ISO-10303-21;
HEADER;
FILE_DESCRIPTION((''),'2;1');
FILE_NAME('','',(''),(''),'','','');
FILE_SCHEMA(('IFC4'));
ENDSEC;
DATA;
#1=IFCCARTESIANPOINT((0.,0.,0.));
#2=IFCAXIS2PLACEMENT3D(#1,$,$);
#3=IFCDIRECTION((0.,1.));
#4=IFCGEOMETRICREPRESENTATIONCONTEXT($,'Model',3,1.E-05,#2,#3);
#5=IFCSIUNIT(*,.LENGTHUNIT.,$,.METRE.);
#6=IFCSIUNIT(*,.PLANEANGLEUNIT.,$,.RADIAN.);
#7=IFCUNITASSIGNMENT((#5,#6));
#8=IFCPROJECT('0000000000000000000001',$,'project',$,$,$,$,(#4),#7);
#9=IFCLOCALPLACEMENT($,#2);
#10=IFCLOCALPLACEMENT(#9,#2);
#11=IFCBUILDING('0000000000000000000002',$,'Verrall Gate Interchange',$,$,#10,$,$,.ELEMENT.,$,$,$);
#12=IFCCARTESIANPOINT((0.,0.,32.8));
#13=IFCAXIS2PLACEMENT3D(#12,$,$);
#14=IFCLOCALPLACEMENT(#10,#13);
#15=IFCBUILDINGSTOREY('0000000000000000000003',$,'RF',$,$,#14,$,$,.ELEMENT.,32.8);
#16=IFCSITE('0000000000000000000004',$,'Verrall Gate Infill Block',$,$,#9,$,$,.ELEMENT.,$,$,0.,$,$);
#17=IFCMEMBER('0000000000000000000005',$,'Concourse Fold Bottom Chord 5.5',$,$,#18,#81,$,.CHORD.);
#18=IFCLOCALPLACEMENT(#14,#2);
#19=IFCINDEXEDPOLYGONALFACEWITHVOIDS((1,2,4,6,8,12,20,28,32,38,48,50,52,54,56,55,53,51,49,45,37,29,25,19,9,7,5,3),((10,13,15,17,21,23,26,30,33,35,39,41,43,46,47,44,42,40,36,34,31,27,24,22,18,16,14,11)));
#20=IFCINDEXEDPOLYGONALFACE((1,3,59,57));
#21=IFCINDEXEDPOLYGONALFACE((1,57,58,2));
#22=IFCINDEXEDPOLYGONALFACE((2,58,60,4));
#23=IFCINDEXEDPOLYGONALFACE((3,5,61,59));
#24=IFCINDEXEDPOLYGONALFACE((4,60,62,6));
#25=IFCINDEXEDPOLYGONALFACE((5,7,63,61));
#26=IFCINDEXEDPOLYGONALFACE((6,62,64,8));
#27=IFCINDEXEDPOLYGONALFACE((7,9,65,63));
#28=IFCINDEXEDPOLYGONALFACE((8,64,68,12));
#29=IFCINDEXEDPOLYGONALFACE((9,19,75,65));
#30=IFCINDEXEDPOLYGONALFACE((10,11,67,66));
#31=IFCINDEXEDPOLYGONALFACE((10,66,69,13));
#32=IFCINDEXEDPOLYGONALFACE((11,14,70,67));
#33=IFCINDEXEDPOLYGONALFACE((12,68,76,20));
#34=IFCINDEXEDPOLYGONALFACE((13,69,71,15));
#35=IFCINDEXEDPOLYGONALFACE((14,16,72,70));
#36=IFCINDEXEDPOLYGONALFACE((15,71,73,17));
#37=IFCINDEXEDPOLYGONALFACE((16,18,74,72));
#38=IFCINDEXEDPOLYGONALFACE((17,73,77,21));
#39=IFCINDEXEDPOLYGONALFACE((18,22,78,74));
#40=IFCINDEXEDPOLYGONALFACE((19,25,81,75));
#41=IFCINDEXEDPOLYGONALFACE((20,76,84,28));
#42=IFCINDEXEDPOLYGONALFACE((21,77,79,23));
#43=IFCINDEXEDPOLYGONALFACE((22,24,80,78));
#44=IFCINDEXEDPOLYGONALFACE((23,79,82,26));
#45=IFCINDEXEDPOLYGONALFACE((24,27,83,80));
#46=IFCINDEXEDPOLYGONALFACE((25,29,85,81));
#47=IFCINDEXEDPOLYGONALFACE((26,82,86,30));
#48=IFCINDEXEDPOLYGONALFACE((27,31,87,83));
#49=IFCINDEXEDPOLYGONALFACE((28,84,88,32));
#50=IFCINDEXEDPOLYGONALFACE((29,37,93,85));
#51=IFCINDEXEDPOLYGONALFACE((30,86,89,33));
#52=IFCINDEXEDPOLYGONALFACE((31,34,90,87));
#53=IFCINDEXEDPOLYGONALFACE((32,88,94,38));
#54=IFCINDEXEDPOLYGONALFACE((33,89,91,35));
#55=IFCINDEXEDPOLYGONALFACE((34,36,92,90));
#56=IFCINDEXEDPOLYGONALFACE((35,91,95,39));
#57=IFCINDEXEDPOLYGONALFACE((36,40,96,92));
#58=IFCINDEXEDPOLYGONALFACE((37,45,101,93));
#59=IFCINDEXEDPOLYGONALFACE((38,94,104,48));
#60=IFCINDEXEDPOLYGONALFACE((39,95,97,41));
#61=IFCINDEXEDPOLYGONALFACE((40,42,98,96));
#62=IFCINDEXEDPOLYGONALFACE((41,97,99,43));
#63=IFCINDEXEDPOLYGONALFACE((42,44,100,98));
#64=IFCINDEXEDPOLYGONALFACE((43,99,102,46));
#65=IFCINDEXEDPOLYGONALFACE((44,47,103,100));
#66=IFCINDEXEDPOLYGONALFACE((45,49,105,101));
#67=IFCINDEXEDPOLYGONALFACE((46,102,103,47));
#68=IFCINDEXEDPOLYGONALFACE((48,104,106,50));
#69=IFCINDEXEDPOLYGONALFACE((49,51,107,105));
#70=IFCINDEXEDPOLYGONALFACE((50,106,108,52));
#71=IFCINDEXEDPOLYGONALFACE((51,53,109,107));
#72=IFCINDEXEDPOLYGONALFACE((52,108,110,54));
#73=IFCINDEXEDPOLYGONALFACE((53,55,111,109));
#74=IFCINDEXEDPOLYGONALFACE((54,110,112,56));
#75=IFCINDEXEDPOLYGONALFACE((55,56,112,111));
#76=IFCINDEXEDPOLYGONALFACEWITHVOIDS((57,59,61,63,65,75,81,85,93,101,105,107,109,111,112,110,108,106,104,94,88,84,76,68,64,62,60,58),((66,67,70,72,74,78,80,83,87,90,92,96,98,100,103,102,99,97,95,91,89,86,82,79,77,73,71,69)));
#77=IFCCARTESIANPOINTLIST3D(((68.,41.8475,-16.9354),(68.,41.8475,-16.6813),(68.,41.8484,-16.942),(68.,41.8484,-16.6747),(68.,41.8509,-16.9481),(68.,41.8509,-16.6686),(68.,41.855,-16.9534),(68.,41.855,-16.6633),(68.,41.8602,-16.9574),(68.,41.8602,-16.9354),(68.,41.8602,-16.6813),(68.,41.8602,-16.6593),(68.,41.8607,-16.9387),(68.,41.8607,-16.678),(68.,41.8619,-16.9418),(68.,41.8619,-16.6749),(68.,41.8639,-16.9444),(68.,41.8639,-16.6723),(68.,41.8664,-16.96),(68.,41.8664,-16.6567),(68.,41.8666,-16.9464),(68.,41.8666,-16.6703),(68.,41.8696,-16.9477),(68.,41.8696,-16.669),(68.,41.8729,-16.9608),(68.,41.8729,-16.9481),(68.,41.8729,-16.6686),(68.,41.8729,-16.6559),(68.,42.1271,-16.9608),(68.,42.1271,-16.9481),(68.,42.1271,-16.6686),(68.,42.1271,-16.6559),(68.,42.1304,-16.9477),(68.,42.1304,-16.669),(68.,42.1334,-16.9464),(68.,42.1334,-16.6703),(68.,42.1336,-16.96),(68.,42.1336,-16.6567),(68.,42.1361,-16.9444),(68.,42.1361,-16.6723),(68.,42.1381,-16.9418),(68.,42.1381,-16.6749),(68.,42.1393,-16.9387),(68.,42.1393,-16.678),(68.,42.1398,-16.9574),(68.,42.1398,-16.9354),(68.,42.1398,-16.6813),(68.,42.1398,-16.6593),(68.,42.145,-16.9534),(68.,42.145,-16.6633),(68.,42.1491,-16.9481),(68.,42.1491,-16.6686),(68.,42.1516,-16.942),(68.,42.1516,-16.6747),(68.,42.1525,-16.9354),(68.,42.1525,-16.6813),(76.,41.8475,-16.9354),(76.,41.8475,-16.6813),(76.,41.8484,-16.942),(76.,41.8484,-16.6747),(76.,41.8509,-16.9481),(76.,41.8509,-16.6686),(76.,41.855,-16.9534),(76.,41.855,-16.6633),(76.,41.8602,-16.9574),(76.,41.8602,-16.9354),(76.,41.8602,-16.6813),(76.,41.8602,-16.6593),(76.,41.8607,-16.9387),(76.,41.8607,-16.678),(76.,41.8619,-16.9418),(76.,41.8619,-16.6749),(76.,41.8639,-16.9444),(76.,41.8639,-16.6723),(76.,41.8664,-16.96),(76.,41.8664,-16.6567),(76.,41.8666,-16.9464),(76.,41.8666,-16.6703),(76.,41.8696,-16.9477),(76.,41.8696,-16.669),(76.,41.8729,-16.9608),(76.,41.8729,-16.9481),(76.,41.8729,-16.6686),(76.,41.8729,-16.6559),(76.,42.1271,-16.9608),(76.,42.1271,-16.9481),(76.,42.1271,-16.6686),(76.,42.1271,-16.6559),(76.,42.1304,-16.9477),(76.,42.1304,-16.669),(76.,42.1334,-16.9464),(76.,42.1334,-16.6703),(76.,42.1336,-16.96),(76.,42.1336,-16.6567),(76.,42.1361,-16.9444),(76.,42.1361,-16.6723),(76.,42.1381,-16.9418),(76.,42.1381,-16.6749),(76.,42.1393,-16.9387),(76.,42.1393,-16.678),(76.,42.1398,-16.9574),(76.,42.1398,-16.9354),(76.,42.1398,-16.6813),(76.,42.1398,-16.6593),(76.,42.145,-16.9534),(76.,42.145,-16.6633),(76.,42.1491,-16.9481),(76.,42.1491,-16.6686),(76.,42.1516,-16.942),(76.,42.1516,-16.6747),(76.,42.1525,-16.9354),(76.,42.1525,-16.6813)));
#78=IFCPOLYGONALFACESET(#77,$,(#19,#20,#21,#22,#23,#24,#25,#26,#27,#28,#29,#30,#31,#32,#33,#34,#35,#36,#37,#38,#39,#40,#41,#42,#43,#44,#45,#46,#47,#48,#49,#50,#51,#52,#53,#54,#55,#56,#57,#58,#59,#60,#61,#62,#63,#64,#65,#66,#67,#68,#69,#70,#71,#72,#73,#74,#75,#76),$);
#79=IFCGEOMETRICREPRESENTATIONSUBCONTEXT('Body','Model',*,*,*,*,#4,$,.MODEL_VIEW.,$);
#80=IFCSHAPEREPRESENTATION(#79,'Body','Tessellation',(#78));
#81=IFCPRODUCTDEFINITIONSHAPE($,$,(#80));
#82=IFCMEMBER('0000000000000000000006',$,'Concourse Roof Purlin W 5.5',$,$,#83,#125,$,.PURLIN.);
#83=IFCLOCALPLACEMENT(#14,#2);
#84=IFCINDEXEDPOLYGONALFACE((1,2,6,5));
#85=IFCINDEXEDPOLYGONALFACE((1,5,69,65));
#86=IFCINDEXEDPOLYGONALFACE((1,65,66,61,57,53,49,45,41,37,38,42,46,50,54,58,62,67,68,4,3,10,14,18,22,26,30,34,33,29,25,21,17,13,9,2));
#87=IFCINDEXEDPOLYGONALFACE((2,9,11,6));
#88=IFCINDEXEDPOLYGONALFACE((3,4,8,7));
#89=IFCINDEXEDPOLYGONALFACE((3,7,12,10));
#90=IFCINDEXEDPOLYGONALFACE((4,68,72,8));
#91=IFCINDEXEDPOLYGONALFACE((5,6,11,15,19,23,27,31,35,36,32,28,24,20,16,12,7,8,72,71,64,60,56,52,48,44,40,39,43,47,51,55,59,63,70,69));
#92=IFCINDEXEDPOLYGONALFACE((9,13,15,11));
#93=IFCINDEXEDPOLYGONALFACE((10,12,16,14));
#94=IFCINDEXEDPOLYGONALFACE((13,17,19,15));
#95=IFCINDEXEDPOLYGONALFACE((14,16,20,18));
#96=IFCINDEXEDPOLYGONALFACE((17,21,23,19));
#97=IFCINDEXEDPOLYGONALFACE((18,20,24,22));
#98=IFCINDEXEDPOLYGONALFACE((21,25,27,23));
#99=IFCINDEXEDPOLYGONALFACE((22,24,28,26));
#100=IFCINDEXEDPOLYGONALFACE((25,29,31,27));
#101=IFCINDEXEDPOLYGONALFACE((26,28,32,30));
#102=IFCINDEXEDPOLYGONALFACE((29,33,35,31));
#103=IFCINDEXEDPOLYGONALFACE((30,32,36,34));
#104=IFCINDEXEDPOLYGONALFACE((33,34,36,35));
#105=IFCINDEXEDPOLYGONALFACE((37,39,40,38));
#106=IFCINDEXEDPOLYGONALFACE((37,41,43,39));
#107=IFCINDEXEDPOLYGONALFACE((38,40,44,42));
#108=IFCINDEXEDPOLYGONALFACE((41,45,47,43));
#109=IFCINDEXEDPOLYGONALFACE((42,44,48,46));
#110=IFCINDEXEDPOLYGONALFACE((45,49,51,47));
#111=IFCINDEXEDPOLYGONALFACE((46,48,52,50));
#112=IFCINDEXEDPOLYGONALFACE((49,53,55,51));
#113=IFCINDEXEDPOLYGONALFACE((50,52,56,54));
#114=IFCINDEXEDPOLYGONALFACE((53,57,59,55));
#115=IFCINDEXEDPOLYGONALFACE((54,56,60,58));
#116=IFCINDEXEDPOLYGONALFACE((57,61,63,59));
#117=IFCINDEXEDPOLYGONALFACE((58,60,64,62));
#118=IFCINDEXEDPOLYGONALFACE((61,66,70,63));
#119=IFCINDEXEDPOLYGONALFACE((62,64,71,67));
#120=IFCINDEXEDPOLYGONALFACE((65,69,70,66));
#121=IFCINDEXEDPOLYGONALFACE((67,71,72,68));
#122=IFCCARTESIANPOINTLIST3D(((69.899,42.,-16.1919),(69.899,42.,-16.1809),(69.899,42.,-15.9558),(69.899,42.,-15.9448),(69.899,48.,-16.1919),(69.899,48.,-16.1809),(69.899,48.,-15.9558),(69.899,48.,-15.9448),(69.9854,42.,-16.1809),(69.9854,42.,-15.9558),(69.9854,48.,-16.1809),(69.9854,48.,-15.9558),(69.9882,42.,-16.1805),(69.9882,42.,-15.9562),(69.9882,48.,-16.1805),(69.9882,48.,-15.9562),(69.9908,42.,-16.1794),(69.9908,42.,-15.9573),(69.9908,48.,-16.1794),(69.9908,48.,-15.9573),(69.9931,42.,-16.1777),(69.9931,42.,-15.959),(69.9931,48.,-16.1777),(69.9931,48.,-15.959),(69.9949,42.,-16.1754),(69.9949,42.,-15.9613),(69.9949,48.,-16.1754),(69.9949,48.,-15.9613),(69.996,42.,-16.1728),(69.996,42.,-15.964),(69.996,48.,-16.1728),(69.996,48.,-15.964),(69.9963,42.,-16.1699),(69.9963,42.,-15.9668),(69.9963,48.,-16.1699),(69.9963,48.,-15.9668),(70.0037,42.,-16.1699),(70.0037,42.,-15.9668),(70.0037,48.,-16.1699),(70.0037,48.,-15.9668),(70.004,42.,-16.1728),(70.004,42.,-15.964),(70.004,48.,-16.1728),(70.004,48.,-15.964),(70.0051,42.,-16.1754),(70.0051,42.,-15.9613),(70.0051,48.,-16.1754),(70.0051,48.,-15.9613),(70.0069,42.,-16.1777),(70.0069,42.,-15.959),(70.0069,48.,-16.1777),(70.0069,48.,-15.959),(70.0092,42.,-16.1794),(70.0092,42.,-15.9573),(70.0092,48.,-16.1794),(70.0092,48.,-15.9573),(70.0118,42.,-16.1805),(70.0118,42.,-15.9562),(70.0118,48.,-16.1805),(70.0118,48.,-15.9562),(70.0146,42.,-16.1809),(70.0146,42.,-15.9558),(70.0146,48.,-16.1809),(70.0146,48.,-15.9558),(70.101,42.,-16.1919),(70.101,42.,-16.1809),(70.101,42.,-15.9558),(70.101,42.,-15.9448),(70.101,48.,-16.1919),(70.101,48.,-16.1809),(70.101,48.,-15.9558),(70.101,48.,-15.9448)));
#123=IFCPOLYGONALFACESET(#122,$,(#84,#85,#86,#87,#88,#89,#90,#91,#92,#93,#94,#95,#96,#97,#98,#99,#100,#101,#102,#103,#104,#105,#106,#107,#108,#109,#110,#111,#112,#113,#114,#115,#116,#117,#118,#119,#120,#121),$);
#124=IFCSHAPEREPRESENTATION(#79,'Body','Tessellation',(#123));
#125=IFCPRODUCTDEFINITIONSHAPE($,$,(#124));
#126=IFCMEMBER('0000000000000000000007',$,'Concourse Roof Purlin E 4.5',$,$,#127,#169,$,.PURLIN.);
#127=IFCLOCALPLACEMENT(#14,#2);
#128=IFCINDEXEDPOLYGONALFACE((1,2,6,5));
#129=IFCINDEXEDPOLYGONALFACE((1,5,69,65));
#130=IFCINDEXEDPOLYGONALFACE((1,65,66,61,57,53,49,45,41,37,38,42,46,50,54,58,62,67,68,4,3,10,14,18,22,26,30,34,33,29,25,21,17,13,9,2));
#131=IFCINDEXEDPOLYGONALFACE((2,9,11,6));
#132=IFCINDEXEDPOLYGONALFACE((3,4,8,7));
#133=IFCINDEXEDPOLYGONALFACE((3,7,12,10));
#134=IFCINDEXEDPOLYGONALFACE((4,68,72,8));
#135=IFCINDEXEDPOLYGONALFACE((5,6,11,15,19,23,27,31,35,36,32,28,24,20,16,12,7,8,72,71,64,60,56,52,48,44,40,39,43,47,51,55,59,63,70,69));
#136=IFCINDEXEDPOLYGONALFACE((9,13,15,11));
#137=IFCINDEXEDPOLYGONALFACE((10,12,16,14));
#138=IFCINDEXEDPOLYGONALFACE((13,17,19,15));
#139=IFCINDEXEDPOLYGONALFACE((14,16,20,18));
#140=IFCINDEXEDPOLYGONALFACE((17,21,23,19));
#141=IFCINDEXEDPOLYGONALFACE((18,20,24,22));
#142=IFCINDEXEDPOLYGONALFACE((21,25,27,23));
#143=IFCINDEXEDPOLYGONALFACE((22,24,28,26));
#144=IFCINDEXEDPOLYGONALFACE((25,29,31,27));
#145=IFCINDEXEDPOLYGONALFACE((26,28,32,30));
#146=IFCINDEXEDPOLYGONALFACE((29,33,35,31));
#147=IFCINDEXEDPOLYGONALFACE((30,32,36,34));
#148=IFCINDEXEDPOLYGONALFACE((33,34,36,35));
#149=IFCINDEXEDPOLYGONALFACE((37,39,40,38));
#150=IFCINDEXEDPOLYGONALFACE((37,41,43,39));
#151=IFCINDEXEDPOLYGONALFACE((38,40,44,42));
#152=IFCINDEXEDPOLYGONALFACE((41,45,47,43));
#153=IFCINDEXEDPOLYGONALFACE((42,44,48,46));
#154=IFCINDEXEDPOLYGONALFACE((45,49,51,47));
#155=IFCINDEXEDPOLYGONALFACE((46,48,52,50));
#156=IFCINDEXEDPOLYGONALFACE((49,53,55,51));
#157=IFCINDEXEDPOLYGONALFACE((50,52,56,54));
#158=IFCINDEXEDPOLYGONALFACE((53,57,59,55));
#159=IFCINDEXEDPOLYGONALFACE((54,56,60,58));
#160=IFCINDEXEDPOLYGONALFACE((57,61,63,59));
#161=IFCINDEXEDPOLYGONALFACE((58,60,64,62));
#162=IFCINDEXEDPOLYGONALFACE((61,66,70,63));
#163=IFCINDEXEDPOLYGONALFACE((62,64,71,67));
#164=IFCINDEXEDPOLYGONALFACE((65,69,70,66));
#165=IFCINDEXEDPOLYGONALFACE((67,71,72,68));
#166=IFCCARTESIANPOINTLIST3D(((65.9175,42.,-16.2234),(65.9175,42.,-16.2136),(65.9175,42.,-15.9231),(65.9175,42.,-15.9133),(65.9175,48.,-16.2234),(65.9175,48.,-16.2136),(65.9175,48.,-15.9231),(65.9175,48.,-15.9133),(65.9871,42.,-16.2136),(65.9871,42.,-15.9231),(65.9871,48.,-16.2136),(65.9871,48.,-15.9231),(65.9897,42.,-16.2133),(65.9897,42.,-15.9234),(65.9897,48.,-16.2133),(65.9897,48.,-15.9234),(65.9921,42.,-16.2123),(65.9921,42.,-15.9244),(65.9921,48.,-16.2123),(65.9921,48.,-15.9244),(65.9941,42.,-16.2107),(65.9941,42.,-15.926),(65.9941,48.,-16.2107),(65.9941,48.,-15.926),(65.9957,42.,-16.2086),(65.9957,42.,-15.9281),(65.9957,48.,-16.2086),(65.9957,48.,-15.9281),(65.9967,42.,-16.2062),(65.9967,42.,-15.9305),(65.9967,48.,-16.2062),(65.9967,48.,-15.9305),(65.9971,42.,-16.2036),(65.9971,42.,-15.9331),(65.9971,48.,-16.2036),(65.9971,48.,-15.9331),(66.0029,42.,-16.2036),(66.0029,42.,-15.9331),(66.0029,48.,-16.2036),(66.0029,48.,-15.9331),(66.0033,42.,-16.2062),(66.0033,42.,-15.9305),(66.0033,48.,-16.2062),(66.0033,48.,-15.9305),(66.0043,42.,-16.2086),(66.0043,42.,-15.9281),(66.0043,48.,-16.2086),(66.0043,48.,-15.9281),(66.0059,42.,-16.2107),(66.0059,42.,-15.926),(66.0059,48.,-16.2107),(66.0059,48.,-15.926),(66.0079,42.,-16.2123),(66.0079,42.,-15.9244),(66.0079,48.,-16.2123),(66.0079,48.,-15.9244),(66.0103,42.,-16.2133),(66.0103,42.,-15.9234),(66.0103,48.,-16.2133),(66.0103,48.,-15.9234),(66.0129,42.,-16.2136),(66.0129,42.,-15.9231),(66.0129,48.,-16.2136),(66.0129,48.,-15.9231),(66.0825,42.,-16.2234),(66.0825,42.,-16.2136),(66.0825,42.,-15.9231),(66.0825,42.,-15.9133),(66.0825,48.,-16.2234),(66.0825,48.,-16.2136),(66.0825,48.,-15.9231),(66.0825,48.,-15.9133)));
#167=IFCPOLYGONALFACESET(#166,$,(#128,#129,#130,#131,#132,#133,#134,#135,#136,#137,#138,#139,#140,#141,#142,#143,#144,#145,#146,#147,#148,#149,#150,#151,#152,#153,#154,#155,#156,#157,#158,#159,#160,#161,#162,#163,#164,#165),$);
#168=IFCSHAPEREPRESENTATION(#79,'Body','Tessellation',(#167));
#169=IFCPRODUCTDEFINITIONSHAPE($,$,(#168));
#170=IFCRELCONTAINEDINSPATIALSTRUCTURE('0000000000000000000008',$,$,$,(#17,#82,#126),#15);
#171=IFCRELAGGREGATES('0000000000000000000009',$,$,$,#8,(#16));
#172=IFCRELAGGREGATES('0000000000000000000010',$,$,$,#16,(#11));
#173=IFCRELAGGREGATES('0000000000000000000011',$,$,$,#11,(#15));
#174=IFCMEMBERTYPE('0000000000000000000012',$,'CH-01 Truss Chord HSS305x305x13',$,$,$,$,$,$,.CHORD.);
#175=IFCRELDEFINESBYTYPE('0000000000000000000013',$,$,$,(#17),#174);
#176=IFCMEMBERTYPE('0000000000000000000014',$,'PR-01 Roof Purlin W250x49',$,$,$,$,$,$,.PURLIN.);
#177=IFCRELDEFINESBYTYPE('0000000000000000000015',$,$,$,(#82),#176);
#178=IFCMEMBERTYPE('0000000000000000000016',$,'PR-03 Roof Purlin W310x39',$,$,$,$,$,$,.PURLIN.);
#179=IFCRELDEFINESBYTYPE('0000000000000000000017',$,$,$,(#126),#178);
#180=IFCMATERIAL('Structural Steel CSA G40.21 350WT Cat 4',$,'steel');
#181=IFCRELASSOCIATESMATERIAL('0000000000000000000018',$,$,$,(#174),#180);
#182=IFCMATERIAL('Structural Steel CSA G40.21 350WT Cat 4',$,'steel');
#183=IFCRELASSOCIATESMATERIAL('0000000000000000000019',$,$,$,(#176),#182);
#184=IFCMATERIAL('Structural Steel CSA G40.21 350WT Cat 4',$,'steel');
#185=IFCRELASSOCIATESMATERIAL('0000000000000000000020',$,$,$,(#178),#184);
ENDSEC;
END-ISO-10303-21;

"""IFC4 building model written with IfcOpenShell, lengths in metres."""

from ifc_helpers import new_model, si_unit, direction, frame, origin, origin_2d, place, context, subcontext, project, spatial, hollow_rectangle, i_section, extrude, material, material_profile, profile_set, type_object, element, save


model = new_model("IFC4")

# Units and contexts
model_context = context("Model", 3, precision=1e-05, world=origin(), true_north=direction((0.0, 1.0)))
body_context = subcontext(model_context, "Body", "Model", "MODEL_VIEW")
ifc_project = project(units=[si_unit("LENGTHUNIT", "METRE"), si_unit("PLANEANGLEUNIT", "RADIAN")], contexts=[model_context])

# Site, building, storey
site_placement = place(None, origin())
site = spatial("IfcSite", under=ifc_project, at=site_placement, Name="Verrall Gate Infill Block", CompositionType="ELEMENT", RefElevation=0.0)
building_placement = place(site_placement, origin())
building = spatial("IfcBuilding", under=site, at=building_placement, Name="Verrall Gate Interchange", CompositionType="ELEMENT")
storey_placement = place(building_placement, frame((0.0, 0.0, 32.8)))
storey = spatial("IfcBuildingStorey", under=building, at=storey_placement, Name="RF", CompositionType="ELEMENT", Elevation=32.8)

# Members
ifc_material_1 = material(Name="Structural Steel CSA G40.21 350WT Cat 4", Category="steel")
ifc_material_profile_1 = material_profile(ifc_material_1, hollow_rectangle(XDim=0.3049, YDim=0.3049, WallThickness=0.0127, InnerFilletRadius=0.0127, OuterFilletRadius=0.0254, at=origin_2d()), Name="HSS305x305x13")
ifc_profile_set_1 = profile_set([ifc_material_profile_1], Name="Structural Steel CSA G40.21 350WT Cat 4")
member_type_1 = type_object("IfcMemberType", Name="CH-01 Truss Chord HSS305x305x13", PredefinedType="CHORD", material=ifc_profile_set_1)
member_1_placement = place(storey_placement, frame((68.0, 42.0, -16.8083), z_axis=(1.0, 0.0, 0.0), x_axis=(0.0, 1.0, 0.0)))
element("IfcMember", 1, at=member_1_placement, inside=storey, type_object=member_type_1, Name="Concourse Fold Bottom Chord 5.5", PredefinedType="CHORD", context=body_context, shape_type="SweptSolid", body=[
    extrude(hollow_rectangle(XDim=0.3049, YDim=0.3049, WallThickness=0.0127, InnerFilletRadius=0.0127, OuterFilletRadius=0.0254, at=origin_2d()), origin(), (0.0, 0.0, 1.0), 8.0),
])
ifc_material_2 = material(Name="Structural Steel CSA G40.21 350WT Cat 4", Category="steel")
ifc_material_profile_2 = material_profile(ifc_material_2, i_section(OverallWidth=0.2019, OverallDepth=0.2471, WebThickness=0.0073, FlangeThickness=0.011, FilletRadius=0.011, at=origin_2d()), Name="W250x49")
ifc_profile_set_2 = profile_set([ifc_material_profile_2], Name="Structural Steel CSA G40.21 350WT Cat 4")
member_type_2 = type_object("IfcMemberType", Name="PR-01 Roof Purlin W250x49", PredefinedType="PURLIN", material=ifc_profile_set_2)
member_2_placement = place(storey_placement, frame((70.0, 42.0, -16.0684), z_axis=(0.0, 1.0, 0.0), x_axis=(-1.0, 0.0, 0.0)))
element("IfcMember", 2, at=member_2_placement, inside=storey, type_object=member_type_2, Name="Concourse Roof Purlin W 5.5", PredefinedType="PURLIN", context=body_context, shape_type="SweptSolid", body=[
    extrude(i_section(OverallWidth=0.2019, OverallDepth=0.2471, WebThickness=0.0073, FlangeThickness=0.011, FilletRadius=0.011, at=origin_2d()), origin(), (0.0, 0.0, 1.0), 6.0),
])
ifc_material_3 = material(Name="Structural Steel CSA G40.21 350WT Cat 4", Category="steel")
ifc_material_profile_3 = material_profile(ifc_material_3, i_section(OverallWidth=0.165, OverallDepth=0.3101, WebThickness=0.0059, FlangeThickness=0.0098, FilletRadius=0.01, at=origin_2d()), Name="W310x39")
ifc_profile_set_3 = profile_set([ifc_material_profile_3], Name="Structural Steel CSA G40.21 350WT Cat 4")
member_type_3 = type_object("IfcMemberType", Name="PR-03 Roof Purlin W310x39", PredefinedType="PURLIN", material=ifc_profile_set_3)
for number, where, z_axis, x_axis, name in (
    (3, (66.0, 42.0, -16.0684), (0.0, 1.0, 0.0), (-1.0, 0.0, 0.0), "Concourse Roof Purlin E 4.5"),
):
    element("IfcMember", number, at=place(storey_placement, frame(where, z_axis=z_axis, x_axis=x_axis)), inside=storey, type_object=member_type_3, Name=name, PredefinedType="PURLIN", context=body_context, shape_type="SweptSolid", body=[
        extrude(i_section(OverallWidth=0.165, OverallDepth=0.3101, WebThickness=0.0059, FlangeThickness=0.0098, FilletRadius=0.01, at=origin_2d()), origin(), (0.0, 0.0, 1.0), 6.0),
    ])

save(model, "model.ifc")
